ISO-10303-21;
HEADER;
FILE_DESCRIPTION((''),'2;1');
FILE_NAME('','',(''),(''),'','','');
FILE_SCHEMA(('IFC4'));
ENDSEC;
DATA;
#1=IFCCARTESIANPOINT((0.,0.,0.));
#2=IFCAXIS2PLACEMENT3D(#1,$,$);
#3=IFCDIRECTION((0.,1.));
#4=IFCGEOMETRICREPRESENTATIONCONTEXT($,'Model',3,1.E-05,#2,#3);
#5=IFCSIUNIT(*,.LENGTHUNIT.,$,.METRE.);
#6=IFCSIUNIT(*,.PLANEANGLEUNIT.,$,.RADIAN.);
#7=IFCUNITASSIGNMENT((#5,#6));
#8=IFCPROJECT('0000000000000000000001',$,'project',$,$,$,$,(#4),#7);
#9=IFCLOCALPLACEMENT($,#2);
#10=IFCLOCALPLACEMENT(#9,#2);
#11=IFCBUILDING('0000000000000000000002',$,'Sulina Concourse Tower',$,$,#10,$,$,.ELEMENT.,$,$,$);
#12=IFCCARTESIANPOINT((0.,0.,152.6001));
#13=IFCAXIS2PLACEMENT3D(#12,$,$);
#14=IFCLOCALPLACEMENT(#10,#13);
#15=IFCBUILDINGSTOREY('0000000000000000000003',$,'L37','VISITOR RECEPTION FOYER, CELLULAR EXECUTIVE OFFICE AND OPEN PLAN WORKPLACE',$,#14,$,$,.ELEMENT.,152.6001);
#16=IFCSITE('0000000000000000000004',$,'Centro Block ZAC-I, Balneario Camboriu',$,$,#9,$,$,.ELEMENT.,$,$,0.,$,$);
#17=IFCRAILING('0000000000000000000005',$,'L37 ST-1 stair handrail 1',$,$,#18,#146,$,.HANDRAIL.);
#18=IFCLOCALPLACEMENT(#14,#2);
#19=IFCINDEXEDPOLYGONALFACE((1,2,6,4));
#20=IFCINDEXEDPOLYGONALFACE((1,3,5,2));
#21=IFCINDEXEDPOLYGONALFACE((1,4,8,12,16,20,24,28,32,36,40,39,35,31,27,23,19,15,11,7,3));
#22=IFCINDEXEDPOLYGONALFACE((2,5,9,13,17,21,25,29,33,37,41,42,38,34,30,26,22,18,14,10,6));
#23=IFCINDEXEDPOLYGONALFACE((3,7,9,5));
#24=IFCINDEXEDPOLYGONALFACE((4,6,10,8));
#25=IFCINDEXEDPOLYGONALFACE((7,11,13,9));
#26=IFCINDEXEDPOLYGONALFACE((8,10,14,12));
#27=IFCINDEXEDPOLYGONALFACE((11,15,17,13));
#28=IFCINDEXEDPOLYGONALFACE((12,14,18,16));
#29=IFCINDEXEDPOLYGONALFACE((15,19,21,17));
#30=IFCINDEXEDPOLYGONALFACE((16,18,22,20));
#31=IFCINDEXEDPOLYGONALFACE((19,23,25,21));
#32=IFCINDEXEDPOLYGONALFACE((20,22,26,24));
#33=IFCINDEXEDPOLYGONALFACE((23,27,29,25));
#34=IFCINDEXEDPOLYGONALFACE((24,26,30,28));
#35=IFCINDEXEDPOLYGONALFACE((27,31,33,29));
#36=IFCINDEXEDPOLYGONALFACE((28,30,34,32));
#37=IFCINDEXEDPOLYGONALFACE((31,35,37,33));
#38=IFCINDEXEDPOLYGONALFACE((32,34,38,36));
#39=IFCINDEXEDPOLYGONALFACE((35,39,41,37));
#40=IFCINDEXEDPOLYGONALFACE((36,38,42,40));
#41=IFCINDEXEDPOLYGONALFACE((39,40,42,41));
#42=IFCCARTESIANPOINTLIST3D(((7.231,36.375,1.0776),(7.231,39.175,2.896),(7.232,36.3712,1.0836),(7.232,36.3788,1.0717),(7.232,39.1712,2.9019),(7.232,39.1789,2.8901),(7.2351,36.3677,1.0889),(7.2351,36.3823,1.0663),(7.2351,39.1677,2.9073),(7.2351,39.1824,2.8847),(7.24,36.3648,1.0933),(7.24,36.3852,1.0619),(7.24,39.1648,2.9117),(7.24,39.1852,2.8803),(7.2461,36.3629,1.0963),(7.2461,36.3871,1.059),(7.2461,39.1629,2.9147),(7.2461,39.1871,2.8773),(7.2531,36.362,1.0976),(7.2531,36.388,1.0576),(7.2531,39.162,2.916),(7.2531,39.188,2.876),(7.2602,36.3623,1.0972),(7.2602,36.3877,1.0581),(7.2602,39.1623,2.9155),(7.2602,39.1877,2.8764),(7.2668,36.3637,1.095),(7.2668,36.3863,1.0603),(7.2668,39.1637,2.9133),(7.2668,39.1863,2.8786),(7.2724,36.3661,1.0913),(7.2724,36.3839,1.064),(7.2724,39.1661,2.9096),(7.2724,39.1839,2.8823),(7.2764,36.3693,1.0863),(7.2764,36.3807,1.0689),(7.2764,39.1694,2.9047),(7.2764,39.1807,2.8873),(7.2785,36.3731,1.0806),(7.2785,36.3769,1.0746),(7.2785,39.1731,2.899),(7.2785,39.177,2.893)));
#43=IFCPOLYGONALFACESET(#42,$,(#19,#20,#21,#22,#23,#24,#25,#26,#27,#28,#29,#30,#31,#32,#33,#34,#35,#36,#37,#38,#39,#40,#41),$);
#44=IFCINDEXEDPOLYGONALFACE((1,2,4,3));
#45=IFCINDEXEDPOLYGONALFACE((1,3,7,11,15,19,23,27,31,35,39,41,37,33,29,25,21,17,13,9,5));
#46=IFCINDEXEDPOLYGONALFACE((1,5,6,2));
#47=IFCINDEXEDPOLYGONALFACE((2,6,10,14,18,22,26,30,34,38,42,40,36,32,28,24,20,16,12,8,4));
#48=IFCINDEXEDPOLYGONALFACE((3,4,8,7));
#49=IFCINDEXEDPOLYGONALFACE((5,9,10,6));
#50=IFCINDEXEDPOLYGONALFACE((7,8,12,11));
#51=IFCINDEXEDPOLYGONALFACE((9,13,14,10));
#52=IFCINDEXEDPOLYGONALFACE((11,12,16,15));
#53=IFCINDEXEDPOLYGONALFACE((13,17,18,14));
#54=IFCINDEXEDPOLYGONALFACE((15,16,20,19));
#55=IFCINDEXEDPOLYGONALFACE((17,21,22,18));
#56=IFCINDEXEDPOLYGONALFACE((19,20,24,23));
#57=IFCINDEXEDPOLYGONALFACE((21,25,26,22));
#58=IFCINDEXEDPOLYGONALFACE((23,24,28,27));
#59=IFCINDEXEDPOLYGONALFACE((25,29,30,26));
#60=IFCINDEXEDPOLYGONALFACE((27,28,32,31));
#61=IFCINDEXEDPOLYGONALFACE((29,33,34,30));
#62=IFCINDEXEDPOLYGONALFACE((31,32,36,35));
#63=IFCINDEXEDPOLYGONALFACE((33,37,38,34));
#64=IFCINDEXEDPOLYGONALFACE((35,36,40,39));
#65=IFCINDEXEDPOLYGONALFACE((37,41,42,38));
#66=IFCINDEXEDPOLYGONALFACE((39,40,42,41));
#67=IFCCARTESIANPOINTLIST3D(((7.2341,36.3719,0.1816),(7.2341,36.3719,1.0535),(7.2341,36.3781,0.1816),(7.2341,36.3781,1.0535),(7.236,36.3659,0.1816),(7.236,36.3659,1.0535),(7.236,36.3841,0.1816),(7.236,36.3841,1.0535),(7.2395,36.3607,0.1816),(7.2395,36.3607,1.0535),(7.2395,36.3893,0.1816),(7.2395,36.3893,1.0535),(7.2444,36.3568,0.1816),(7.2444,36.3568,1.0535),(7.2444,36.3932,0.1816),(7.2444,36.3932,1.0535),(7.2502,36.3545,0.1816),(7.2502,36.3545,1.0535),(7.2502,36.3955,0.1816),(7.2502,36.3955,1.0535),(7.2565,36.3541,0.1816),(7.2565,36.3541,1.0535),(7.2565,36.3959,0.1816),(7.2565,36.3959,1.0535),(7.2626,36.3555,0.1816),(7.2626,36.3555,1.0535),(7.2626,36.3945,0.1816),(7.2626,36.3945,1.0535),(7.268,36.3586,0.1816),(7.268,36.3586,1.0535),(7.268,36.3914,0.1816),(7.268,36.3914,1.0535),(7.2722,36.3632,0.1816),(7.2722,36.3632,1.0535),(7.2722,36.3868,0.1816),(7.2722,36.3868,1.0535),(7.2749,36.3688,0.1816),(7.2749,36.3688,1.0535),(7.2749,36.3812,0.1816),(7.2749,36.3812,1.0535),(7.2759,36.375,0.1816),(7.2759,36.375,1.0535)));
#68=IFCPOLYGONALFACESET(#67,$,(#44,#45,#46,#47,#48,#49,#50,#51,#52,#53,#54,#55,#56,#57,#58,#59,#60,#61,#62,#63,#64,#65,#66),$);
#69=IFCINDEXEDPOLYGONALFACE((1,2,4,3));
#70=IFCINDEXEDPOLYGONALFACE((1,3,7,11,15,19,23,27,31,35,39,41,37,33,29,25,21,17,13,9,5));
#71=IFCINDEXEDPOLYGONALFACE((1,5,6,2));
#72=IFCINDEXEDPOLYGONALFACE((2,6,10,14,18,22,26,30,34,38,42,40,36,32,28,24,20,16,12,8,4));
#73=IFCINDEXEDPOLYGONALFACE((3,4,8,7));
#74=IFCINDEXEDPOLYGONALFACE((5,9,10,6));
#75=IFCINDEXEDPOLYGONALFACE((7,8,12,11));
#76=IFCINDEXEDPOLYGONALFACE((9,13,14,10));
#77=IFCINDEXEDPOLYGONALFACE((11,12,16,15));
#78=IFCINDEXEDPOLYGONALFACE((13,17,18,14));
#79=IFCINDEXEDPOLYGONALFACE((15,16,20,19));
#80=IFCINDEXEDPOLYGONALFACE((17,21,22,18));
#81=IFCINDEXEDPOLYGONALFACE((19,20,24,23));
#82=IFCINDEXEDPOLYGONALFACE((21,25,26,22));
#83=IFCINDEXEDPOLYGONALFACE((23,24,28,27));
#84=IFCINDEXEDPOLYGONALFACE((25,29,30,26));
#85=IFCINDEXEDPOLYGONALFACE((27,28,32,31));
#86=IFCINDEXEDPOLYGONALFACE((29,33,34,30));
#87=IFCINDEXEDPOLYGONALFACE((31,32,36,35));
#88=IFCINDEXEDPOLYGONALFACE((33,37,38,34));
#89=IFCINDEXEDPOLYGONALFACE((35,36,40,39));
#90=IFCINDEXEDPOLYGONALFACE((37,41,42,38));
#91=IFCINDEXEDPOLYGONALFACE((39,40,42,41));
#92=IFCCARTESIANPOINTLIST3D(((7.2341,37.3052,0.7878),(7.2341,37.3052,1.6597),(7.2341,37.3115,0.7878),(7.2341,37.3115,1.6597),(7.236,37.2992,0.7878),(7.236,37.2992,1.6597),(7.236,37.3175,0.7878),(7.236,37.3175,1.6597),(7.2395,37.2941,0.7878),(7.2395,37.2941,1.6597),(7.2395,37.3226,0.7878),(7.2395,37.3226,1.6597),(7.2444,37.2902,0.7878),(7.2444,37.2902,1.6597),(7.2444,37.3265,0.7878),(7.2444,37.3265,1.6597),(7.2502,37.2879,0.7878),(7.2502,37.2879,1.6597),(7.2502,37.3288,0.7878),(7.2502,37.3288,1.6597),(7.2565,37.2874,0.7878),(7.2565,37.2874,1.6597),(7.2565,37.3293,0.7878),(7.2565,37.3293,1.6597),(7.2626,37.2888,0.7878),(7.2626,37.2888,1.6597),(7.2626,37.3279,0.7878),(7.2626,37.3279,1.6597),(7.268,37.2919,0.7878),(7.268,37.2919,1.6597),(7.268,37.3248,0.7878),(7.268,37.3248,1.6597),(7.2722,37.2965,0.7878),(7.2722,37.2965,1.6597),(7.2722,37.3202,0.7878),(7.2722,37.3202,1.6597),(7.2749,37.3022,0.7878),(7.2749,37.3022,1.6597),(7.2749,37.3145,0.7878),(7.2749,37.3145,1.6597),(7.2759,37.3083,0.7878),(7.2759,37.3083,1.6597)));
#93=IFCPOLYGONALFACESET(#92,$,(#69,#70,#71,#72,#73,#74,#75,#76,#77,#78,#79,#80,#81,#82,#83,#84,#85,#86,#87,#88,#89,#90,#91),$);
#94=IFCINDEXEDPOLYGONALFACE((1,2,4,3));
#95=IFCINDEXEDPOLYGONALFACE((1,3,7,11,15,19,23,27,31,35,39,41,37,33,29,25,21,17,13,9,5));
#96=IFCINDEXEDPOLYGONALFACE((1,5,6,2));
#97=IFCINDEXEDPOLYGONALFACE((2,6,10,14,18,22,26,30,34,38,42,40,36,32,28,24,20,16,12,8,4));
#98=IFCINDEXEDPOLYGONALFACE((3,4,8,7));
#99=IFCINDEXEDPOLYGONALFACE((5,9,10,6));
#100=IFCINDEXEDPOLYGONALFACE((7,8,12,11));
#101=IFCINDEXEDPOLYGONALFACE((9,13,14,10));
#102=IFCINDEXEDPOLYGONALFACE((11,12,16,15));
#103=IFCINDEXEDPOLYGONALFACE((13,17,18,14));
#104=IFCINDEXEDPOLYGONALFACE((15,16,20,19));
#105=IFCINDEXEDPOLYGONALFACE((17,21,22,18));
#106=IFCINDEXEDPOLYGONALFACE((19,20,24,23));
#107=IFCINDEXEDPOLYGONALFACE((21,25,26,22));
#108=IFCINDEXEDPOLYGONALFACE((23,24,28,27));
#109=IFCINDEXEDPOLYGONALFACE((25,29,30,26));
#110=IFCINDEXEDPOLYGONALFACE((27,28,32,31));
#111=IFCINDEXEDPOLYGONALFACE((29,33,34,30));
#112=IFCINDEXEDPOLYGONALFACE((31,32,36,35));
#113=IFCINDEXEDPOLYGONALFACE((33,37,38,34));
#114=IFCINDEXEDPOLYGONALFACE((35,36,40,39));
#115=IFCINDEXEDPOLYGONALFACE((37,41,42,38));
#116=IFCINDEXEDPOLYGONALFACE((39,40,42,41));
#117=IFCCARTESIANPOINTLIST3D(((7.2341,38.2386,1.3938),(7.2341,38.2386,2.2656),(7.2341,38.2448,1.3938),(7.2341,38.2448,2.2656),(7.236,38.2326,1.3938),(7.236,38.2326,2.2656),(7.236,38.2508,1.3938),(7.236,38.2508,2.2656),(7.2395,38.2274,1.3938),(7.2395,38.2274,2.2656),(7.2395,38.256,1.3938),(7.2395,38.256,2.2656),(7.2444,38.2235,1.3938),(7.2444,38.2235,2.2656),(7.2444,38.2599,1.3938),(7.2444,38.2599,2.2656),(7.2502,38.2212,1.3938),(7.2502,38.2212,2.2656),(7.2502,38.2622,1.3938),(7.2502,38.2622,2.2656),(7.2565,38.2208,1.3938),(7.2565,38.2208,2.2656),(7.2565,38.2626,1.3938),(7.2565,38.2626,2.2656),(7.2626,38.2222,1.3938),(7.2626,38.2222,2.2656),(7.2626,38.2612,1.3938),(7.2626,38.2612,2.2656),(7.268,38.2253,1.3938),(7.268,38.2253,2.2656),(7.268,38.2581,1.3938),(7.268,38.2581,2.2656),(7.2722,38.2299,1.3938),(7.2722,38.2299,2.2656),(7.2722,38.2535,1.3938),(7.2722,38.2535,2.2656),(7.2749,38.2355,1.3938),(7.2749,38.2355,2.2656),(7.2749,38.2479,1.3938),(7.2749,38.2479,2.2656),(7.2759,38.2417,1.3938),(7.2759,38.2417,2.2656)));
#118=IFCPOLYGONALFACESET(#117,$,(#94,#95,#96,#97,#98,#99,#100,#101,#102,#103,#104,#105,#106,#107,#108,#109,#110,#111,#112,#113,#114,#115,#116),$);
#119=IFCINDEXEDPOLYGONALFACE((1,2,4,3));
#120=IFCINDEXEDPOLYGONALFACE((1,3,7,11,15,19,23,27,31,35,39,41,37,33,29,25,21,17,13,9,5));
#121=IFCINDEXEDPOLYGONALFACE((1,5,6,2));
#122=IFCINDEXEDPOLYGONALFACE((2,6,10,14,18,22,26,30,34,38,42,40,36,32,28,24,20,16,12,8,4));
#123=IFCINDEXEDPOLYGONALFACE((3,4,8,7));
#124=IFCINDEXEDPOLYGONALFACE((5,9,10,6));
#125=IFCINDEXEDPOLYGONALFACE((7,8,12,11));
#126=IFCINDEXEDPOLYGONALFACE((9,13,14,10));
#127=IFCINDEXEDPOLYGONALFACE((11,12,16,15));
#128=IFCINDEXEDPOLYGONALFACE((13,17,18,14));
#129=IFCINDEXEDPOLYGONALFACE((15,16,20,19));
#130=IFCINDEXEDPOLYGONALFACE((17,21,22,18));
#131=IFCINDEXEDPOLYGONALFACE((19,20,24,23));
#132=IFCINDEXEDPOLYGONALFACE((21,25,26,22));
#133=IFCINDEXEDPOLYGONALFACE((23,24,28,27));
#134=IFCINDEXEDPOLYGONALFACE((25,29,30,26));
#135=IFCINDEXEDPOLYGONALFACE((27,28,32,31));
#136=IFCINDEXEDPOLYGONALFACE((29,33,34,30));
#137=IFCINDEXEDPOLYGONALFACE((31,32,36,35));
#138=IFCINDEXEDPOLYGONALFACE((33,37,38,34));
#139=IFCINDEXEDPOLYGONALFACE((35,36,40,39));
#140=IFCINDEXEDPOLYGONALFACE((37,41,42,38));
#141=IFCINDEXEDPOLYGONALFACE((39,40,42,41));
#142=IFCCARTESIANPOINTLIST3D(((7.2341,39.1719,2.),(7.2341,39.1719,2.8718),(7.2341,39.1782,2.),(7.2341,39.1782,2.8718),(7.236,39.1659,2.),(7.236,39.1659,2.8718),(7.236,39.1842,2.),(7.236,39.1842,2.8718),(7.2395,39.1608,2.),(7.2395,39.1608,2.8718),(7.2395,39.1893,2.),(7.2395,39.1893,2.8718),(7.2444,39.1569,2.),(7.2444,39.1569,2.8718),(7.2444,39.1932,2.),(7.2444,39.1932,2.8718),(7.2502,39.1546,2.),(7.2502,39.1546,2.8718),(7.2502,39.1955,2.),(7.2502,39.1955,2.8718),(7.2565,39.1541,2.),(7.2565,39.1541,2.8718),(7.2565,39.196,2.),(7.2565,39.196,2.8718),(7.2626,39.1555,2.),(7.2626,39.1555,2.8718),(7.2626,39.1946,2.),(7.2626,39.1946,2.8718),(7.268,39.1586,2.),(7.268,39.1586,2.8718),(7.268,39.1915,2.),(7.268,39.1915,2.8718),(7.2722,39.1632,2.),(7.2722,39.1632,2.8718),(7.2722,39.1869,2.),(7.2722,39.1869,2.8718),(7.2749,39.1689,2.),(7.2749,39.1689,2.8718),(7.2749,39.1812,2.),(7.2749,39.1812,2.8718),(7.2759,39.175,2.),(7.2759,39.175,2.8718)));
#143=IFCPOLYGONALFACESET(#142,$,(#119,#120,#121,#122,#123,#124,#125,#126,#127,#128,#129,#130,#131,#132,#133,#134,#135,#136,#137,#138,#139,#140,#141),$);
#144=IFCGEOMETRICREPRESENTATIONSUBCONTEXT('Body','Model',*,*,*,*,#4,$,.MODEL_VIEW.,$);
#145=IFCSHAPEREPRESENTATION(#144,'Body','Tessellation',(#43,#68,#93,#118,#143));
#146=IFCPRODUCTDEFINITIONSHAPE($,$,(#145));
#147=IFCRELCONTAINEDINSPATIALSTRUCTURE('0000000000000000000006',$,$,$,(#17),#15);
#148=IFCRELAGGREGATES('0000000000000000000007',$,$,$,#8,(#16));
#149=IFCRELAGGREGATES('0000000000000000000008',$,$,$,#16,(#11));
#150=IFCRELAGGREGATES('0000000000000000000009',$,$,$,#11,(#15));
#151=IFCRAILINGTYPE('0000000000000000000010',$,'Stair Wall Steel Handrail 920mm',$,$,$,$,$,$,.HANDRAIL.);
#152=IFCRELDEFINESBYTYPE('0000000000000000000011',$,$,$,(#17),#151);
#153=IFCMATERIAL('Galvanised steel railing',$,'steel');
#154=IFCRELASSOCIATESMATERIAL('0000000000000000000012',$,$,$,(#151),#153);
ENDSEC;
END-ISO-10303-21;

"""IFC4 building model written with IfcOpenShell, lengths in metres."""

from ifc_helpers import new_model, si_unit, direction, frame, origin, origin_2d, place, context, subcontext, project, spatial, circle, extrude, material, type_object, element, save


model = new_model("IFC4")

# Units and contexts
model_context = context("Model", 3, precision=1e-05, world=origin(), true_north=direction((0.0, 1.0)))
body_context = subcontext(model_context, "Body", "Model", "MODEL_VIEW")
ifc_project = project(units=[si_unit("LENGTHUNIT", "METRE"), si_unit("PLANEANGLEUNIT", "RADIAN")], contexts=[model_context])

# Site, building, storey
site_placement = place(None, origin())
site = spatial("IfcSite", under=ifc_project, at=site_placement, Name="Centro Block ZAC-I, Balneario Camboriu", CompositionType="ELEMENT", RefElevation=0.0)
building_placement = place(site_placement, origin())
building = spatial("IfcBuilding", under=site, at=building_placement, Name="Sulina Concourse Tower", CompositionType="ELEMENT")
storey_placement = place(building_placement, frame((0.0, 0.0, 152.6001)))
storey = spatial("IfcBuildingStorey", under=building, at=storey_placement, Name="L37", Description="VISITOR RECEPTION FOYER, CELLULAR EXECUTIVE OFFICE AND OPEN PLAN WORKPLACE", CompositionType="ELEMENT", Elevation=152.6001)

# Railing
ifc_material_1 = material(Name="Galvanised steel railing", Category="steel")
railing_type_1 = type_object("IfcRailingType", Name="Stair Wall Steel Handrail 920mm", PredefinedType="HANDRAIL", material=ifc_material_1)
railing_1_placement = place(storey_placement, frame((7.2549, 36.375, 0.1816)))
element("IfcRailing", 1, at=railing_1_placement, inside=storey, type_object=railing_type_1, Name="L37 ST-1 stair handrail 1", PredefinedType="HANDRAIL", context=body_context, shape_type="SweptSolid", body=[
    extrude(circle(Radius=0.0239, at=origin_2d()), frame((0.0, 0.0, 0.896), z_axis=(0.0, 0.838672, 0.544636), x_axis=(-1.0, 0.0, 0.0)), (0.0, 0.0, 1.0), 3.3386),
    extrude(circle(Radius=0.021, at=origin_2d()), origin(), (0.0, 0.0, 1.0), 0.8718),
    extrude(circle(Radius=0.021, at=origin_2d()), frame((0.0, 0.9333, 0.6062)), (0.0, 0.0, 1.0), 0.8718),
    extrude(circle(Radius=0.021, at=origin_2d()), frame((0.0, 1.8667, 1.2122)), (0.0, 0.0, 1.0), 0.8718),
    extrude(circle(Radius=0.021, at=origin_2d()), frame((0.0, 2.8, 1.8184)), (0.0, 0.0, 1.0), 0.8718),
])

save(model, "model.ifc")
